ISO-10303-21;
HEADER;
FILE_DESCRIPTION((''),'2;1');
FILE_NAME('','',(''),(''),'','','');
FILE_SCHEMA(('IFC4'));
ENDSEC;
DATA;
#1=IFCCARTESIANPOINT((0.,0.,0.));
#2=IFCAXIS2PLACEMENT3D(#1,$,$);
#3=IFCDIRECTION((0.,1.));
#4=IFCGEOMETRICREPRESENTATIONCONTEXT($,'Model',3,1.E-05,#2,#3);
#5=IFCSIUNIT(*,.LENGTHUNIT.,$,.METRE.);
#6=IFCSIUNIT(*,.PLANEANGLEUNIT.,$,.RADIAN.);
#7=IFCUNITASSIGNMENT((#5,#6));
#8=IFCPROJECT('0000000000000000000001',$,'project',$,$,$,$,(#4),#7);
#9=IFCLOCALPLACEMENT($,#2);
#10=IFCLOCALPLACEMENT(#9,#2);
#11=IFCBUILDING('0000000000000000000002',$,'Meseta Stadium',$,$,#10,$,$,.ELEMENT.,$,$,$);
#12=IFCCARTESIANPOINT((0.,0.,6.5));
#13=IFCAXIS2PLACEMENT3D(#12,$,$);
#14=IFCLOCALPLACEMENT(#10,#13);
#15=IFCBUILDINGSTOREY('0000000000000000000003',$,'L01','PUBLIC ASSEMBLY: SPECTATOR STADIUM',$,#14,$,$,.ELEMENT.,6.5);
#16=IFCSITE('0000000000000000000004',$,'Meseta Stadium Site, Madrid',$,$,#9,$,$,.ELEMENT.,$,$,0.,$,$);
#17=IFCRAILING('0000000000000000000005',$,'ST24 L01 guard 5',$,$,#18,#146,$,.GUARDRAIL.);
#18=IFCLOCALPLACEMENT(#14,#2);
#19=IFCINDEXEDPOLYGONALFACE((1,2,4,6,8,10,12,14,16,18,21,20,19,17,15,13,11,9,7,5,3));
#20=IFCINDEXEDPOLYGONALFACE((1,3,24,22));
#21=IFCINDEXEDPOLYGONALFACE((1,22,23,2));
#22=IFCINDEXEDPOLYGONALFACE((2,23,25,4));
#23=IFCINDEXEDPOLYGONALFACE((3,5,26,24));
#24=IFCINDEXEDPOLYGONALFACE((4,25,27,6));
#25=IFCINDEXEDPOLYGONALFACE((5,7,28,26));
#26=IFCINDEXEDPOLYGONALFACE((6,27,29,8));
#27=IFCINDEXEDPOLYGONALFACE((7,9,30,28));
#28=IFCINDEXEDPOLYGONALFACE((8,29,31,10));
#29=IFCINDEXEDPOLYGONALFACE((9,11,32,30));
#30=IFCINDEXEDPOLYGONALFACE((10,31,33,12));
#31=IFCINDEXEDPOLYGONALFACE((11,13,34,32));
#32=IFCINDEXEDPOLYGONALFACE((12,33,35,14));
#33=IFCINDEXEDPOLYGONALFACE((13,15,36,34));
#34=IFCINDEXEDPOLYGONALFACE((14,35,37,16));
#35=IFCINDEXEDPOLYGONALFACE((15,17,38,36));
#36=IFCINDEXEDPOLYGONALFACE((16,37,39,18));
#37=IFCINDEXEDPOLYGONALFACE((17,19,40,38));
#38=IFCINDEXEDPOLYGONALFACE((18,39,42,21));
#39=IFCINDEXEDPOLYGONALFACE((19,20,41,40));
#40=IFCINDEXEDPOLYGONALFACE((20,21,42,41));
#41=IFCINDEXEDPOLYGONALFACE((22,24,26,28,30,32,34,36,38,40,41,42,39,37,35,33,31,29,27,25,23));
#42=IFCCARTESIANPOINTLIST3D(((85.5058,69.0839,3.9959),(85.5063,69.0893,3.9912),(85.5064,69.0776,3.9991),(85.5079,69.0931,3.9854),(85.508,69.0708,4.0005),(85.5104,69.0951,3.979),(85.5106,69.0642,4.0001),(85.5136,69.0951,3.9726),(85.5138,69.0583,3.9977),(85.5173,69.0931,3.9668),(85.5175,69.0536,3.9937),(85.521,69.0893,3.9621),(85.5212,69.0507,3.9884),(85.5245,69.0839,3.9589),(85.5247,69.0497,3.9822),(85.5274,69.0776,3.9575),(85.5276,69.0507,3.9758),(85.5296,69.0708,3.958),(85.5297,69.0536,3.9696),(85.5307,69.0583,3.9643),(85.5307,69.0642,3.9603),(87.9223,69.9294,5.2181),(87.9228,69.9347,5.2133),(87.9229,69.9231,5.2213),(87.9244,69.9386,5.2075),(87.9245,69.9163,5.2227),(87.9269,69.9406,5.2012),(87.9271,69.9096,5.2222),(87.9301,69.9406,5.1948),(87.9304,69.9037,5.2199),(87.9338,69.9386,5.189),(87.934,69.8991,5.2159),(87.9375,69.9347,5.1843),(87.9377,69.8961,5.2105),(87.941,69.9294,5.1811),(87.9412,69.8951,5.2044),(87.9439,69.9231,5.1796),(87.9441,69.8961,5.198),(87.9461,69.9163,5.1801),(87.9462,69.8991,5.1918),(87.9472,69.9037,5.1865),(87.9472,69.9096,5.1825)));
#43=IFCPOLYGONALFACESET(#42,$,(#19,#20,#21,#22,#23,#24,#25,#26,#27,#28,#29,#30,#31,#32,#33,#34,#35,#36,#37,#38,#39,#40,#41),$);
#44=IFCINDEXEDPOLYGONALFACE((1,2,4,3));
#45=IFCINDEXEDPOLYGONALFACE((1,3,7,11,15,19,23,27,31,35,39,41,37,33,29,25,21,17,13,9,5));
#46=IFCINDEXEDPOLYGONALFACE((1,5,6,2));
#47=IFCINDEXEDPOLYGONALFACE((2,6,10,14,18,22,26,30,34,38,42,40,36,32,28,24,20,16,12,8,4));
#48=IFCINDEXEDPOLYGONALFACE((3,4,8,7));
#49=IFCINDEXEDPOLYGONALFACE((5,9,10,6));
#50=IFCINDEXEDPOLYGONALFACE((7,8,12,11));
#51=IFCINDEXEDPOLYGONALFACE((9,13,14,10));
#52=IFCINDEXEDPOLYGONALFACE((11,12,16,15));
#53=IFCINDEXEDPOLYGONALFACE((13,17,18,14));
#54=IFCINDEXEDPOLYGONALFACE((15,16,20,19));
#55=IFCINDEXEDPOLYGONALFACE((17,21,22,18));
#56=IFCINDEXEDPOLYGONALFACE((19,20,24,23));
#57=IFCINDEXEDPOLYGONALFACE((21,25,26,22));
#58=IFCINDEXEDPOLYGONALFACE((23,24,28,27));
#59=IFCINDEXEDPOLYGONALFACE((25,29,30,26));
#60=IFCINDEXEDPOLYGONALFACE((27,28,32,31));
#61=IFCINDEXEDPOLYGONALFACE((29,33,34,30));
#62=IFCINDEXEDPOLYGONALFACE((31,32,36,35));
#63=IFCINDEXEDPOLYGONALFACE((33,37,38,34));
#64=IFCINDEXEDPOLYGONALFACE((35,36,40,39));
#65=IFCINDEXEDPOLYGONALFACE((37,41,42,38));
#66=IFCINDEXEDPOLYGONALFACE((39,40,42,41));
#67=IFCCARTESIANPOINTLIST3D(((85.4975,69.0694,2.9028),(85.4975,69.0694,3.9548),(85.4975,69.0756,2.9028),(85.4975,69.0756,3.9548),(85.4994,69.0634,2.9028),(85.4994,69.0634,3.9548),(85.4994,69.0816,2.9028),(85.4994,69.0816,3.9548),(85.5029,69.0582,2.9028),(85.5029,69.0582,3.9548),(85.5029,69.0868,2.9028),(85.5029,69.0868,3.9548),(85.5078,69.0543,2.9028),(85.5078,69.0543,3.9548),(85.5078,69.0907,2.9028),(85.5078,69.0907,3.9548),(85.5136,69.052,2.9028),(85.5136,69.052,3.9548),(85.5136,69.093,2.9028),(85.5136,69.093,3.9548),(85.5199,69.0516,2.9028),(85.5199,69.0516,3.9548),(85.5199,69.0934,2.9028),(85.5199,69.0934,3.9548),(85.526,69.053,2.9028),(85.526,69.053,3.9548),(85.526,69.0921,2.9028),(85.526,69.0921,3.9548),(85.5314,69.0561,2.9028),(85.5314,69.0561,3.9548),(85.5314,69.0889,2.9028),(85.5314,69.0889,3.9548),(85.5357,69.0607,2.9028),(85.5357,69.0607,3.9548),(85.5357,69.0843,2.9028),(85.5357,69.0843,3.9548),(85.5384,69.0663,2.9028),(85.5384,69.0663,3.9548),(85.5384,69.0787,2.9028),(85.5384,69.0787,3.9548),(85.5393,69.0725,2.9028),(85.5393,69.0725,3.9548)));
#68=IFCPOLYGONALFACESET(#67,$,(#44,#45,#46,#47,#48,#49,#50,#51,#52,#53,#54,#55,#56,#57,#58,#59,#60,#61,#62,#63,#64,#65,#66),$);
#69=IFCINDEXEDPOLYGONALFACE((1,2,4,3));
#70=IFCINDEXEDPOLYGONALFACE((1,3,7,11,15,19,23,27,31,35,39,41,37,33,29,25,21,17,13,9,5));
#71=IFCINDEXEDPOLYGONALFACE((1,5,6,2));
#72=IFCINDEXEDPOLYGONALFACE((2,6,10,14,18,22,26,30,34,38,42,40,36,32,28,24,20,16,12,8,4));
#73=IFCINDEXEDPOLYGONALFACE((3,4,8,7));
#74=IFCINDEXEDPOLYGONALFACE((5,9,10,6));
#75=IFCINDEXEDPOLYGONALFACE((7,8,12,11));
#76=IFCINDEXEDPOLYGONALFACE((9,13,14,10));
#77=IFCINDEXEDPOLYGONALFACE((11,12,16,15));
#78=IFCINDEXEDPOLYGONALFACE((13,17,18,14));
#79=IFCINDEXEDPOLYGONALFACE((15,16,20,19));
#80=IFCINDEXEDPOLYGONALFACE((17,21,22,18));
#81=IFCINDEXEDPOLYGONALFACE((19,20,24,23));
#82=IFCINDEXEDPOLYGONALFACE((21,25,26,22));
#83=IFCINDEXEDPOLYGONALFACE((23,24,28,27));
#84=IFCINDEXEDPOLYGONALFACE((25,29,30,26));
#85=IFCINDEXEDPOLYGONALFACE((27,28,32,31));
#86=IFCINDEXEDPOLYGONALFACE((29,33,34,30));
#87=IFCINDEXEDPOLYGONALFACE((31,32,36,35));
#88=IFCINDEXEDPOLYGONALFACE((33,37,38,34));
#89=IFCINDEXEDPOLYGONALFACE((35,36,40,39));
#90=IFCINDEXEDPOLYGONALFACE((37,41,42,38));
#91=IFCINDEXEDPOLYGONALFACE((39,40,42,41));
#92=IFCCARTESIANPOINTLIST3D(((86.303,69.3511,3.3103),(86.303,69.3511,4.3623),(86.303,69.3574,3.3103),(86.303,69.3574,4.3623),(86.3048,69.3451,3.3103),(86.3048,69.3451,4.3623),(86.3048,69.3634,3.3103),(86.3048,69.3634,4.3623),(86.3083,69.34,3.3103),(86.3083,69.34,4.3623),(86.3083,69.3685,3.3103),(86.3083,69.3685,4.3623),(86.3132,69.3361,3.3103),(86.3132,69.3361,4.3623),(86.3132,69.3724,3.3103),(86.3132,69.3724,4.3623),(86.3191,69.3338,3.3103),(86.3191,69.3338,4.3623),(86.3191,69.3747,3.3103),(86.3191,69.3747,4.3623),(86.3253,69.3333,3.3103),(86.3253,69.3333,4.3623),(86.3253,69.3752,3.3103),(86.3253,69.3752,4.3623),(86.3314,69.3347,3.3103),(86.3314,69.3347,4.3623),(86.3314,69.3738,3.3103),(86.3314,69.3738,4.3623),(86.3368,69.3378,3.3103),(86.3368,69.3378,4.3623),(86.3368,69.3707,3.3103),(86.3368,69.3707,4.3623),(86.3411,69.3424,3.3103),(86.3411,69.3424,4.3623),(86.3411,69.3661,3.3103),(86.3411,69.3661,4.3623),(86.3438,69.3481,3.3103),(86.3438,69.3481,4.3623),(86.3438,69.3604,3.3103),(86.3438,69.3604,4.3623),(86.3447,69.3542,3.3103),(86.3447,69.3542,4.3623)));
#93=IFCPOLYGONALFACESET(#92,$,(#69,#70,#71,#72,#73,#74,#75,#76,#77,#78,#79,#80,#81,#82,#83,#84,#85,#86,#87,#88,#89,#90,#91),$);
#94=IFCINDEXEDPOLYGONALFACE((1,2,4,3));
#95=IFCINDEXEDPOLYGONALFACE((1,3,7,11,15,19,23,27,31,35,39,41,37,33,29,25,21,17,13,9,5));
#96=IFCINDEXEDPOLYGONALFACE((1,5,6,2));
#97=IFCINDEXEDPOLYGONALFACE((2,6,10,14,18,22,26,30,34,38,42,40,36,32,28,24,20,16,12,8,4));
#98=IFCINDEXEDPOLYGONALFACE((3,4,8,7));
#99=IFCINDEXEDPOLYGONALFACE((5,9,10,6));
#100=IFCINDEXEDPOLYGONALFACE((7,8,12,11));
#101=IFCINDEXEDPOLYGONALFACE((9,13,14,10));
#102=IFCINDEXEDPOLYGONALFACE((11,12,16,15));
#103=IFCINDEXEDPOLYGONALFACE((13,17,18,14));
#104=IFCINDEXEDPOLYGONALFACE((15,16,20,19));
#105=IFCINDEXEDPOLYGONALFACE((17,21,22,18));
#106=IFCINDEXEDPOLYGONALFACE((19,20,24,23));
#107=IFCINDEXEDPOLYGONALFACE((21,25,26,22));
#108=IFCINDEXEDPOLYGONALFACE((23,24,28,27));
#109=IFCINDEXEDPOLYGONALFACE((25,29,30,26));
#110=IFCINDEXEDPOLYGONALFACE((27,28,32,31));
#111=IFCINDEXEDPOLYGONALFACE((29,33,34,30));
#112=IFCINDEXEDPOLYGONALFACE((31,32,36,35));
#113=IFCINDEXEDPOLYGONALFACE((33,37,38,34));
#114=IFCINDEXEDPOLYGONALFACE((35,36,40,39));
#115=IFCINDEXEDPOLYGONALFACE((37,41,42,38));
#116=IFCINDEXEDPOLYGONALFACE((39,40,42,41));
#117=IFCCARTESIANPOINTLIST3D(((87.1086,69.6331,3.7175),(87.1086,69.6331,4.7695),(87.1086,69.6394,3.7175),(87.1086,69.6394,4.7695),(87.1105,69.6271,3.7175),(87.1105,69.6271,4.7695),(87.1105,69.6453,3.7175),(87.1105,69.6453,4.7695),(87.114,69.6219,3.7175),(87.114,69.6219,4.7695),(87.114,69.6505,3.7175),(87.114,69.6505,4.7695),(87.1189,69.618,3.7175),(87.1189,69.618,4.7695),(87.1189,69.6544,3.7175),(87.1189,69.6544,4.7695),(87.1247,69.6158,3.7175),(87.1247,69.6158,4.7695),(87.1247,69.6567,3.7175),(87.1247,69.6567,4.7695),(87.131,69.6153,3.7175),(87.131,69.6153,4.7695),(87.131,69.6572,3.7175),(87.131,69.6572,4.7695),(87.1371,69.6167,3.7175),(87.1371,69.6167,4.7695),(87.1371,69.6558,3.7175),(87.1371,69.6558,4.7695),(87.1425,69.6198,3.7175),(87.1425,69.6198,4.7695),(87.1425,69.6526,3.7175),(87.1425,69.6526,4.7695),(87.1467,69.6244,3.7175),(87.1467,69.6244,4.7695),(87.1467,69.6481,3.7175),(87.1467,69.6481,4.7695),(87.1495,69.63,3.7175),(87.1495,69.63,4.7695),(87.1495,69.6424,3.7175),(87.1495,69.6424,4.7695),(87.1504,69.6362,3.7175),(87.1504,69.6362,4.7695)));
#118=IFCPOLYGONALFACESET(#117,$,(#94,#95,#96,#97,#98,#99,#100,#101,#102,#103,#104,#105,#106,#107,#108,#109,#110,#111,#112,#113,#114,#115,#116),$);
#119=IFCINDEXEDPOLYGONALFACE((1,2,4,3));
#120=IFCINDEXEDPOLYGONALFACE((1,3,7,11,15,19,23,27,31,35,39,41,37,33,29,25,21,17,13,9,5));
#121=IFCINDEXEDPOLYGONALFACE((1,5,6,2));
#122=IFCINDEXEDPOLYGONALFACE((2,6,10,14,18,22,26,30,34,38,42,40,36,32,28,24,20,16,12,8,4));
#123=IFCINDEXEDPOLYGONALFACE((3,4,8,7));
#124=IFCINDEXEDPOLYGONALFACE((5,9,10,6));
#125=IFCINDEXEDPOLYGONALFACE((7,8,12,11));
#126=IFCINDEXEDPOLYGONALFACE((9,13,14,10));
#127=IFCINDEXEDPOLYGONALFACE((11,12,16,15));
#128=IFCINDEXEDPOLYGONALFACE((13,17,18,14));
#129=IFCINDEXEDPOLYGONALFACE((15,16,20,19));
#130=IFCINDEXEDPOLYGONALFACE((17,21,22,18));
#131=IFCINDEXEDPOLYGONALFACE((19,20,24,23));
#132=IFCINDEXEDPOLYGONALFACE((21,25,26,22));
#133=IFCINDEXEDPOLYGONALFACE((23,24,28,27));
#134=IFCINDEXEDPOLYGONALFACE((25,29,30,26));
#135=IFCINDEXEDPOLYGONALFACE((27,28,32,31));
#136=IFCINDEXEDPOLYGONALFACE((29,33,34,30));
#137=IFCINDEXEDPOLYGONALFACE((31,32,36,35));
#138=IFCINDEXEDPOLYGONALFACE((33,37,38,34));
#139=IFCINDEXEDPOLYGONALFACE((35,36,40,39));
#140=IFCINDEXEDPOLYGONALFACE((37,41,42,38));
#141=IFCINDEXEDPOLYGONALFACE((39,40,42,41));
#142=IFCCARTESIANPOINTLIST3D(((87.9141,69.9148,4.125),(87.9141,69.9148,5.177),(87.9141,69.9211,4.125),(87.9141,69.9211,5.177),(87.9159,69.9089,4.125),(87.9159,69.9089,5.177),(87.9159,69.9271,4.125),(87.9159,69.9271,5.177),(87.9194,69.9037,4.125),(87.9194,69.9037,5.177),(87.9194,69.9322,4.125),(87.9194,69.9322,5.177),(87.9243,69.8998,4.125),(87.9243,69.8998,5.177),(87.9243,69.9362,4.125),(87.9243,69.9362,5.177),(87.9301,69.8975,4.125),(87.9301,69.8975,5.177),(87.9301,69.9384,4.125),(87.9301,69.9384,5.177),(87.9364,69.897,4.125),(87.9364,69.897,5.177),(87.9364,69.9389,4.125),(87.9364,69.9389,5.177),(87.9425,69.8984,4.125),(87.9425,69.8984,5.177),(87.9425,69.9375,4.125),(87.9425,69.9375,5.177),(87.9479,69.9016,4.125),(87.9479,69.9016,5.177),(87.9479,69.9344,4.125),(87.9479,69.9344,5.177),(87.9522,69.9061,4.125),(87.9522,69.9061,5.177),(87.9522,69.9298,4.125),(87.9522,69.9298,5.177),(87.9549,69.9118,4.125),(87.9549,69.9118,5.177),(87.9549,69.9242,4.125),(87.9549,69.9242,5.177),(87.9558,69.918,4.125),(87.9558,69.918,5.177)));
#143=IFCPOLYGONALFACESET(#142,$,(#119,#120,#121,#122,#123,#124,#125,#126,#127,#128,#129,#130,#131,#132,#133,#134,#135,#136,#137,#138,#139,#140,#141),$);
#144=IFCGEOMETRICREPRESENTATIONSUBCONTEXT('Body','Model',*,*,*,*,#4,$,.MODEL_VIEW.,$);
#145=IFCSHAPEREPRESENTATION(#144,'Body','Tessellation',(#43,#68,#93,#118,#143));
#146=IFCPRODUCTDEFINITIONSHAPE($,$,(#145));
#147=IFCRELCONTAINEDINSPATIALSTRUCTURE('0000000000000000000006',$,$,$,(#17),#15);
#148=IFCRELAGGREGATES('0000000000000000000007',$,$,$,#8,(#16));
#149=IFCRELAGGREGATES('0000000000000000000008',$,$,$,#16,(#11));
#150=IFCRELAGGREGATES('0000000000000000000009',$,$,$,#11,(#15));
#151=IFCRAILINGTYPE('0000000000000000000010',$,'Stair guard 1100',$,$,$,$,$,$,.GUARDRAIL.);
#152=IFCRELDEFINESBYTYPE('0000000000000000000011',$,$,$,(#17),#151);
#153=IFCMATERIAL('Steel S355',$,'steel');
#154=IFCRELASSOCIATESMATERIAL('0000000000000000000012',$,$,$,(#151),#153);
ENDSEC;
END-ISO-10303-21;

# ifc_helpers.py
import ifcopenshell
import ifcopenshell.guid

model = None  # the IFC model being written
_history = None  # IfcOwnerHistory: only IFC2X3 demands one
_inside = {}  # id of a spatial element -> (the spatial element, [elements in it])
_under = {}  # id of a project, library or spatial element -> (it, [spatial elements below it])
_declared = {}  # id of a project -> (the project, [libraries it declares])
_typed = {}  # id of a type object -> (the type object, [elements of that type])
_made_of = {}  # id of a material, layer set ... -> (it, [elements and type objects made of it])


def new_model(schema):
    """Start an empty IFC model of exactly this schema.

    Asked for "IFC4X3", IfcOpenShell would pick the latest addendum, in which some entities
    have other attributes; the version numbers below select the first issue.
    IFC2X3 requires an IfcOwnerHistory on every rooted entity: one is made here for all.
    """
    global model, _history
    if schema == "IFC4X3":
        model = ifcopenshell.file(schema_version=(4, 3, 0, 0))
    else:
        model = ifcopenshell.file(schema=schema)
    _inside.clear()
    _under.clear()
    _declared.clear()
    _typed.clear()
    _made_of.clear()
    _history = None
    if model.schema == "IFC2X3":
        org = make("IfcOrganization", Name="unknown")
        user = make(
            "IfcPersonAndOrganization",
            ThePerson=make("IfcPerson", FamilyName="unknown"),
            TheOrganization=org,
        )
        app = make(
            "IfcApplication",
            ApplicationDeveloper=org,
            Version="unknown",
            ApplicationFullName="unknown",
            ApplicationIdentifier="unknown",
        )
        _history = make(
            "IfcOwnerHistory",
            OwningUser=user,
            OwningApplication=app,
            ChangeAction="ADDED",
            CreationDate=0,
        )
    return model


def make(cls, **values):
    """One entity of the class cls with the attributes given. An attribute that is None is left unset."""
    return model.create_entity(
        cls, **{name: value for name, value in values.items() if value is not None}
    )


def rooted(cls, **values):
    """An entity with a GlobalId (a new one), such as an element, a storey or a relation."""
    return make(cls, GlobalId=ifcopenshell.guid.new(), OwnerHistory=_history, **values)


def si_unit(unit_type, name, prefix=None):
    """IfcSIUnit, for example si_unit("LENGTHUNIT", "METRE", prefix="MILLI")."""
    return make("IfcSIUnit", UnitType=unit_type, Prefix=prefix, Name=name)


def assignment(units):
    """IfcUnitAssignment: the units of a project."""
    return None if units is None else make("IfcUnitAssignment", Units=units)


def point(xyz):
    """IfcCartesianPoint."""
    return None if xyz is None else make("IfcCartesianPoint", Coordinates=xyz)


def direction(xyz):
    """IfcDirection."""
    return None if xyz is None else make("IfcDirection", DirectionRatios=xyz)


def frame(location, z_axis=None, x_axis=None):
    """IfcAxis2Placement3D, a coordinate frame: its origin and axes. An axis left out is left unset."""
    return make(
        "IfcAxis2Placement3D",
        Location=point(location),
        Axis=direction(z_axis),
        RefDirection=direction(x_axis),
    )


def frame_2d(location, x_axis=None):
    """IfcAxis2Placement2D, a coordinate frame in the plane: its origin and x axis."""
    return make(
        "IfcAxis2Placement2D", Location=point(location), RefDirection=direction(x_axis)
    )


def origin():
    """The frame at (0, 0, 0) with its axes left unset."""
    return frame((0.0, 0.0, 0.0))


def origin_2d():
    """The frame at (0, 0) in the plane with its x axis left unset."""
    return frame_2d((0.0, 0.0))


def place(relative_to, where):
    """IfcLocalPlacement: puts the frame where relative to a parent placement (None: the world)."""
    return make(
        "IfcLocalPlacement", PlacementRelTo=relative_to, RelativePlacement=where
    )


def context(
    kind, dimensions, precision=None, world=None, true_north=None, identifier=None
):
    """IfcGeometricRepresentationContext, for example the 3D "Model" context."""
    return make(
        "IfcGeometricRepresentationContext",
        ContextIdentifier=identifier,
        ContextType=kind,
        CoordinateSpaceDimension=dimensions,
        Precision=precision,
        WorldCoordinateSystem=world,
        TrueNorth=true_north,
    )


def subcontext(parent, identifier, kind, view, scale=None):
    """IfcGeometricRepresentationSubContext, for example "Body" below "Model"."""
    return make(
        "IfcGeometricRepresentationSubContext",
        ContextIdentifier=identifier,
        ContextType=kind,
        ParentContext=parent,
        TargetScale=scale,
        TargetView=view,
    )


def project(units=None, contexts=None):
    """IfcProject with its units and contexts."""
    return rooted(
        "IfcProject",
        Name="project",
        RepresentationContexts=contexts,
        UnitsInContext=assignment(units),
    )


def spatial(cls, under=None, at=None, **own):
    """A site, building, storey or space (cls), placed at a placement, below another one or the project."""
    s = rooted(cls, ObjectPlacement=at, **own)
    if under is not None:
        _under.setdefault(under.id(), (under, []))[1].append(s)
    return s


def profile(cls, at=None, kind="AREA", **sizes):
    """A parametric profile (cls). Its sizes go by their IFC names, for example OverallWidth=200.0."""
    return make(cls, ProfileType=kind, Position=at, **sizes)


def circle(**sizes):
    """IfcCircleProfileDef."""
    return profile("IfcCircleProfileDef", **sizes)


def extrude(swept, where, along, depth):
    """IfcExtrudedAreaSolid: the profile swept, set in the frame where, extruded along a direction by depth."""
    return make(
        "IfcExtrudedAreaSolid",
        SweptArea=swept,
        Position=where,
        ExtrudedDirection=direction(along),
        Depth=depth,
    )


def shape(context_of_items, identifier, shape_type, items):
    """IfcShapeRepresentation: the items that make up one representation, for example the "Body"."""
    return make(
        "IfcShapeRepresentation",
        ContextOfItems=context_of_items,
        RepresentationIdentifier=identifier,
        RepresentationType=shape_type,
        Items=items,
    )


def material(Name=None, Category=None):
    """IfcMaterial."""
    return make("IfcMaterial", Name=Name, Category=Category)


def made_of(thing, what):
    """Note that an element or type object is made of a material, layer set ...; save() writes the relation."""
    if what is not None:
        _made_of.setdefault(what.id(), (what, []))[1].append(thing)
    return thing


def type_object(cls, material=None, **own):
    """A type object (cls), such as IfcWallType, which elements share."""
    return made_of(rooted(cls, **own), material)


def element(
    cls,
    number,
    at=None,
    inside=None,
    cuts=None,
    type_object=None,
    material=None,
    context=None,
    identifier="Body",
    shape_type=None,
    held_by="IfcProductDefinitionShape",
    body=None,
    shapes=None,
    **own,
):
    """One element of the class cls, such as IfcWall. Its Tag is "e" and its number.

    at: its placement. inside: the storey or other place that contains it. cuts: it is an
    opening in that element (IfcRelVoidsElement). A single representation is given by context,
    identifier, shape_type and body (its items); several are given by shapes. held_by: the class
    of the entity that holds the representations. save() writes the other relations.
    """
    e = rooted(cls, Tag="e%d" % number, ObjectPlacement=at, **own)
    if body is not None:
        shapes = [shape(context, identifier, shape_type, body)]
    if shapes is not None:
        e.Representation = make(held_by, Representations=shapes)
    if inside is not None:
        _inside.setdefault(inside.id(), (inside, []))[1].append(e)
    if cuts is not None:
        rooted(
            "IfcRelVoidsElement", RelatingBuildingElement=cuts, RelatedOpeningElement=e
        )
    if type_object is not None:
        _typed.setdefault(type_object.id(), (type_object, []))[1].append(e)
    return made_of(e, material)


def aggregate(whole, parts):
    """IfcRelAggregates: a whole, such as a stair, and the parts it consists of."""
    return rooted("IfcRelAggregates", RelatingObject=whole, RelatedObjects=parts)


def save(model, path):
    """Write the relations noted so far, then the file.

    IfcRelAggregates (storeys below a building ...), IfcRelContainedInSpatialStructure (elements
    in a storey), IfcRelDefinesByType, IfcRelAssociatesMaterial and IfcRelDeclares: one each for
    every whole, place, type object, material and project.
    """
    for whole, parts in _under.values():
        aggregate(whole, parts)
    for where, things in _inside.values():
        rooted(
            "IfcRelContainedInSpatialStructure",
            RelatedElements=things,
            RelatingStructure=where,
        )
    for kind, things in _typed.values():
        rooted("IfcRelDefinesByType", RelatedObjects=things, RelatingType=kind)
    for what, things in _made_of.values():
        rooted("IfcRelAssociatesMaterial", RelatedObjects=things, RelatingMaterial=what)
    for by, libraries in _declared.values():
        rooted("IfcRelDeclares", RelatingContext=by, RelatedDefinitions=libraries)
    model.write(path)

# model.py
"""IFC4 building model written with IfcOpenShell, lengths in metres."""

from ifc_helpers import new_model, si_unit, direction, frame, origin, origin_2d, place, context, subcontext, project, spatial, circle, extrude, material, type_object, element, save


model = new_model("IFC4")

# Units and contexts
model_context = context("Model", 3, precision=1e-05, world=origin(), true_north=direction((0.0, 1.0)))
body_context = subcontext(model_context, "Body", "Model", "MODEL_VIEW")
ifc_project = project(units=[si_unit("LENGTHUNIT", "METRE"), si_unit("PLANEANGLEUNIT", "RADIAN")], contexts=[model_context])

# Site, building, storey
site_placement = place(None, origin())
site = spatial("IfcSite", under=ifc_project, at=site_placement, Name="Meseta Stadium Site, Madrid", CompositionType="ELEMENT", RefElevation=0.0)
building_placement = place(site_placement, origin())
building = spatial("IfcBuilding", under=site, at=building_placement, Name="Meseta Stadium", CompositionType="ELEMENT")
storey_placement = place(building_placement, frame((0.0, 0.0, 6.5)))
storey = spatial("IfcBuildingStorey", under=building, at=storey_placement, Name="L01", Description="PUBLIC ASSEMBLY: SPECTATOR STADIUM", CompositionType="ELEMENT", Elevation=6.5)

# Railing
ifc_material_1 = material(Name="Steel S355", Category="steel")
railing_type_1 = type_object("IfcRailingType", Name="Stair guard 1100", PredefinedType="GUARDRAIL", material=ifc_material_1)
railing_1_placement = place(storey_placement, frame((85.5183, 69.0725, 2.9028)))
element("IfcRailing", 1, at=railing_1_placement, inside=storey, type_object=railing_type_1, Name="ST24 L01 guard 5", PredefinedType="GUARDRAIL", context=body_context, shape_type="SweptSolid", body=[
    extrude(circle(Radius=0.0239, at=origin_2d()), frame((0.0, 0.0, 1.0762), z_axis=(0.851812, 0.298022, 0.430811), x_axis=(-0.33024, 0.943897, 0.0)), (0.0, 0.0, 1.0), 2.8369),
    extrude(circle(Radius=0.021, at=origin_2d()), origin(), (0.0, 0.0, 1.0), 1.052),
    extrude(circle(Radius=0.021, at=origin_2d()), frame((0.8054, 0.2817, 0.4075)), (0.0, 0.0, 1.0), 1.052),
    extrude(circle(Radius=0.021, at=origin_2d()), frame((1.6111, 0.5637, 0.8147)), (0.0, 0.0, 1.0), 1.052),
    extrude(circle(Radius=0.021, at=origin_2d()), frame((2.4165, 0.8455, 1.2222)), (0.0, 0.0, 1.0), 1.052),
])

save(model, "model.ifc")
